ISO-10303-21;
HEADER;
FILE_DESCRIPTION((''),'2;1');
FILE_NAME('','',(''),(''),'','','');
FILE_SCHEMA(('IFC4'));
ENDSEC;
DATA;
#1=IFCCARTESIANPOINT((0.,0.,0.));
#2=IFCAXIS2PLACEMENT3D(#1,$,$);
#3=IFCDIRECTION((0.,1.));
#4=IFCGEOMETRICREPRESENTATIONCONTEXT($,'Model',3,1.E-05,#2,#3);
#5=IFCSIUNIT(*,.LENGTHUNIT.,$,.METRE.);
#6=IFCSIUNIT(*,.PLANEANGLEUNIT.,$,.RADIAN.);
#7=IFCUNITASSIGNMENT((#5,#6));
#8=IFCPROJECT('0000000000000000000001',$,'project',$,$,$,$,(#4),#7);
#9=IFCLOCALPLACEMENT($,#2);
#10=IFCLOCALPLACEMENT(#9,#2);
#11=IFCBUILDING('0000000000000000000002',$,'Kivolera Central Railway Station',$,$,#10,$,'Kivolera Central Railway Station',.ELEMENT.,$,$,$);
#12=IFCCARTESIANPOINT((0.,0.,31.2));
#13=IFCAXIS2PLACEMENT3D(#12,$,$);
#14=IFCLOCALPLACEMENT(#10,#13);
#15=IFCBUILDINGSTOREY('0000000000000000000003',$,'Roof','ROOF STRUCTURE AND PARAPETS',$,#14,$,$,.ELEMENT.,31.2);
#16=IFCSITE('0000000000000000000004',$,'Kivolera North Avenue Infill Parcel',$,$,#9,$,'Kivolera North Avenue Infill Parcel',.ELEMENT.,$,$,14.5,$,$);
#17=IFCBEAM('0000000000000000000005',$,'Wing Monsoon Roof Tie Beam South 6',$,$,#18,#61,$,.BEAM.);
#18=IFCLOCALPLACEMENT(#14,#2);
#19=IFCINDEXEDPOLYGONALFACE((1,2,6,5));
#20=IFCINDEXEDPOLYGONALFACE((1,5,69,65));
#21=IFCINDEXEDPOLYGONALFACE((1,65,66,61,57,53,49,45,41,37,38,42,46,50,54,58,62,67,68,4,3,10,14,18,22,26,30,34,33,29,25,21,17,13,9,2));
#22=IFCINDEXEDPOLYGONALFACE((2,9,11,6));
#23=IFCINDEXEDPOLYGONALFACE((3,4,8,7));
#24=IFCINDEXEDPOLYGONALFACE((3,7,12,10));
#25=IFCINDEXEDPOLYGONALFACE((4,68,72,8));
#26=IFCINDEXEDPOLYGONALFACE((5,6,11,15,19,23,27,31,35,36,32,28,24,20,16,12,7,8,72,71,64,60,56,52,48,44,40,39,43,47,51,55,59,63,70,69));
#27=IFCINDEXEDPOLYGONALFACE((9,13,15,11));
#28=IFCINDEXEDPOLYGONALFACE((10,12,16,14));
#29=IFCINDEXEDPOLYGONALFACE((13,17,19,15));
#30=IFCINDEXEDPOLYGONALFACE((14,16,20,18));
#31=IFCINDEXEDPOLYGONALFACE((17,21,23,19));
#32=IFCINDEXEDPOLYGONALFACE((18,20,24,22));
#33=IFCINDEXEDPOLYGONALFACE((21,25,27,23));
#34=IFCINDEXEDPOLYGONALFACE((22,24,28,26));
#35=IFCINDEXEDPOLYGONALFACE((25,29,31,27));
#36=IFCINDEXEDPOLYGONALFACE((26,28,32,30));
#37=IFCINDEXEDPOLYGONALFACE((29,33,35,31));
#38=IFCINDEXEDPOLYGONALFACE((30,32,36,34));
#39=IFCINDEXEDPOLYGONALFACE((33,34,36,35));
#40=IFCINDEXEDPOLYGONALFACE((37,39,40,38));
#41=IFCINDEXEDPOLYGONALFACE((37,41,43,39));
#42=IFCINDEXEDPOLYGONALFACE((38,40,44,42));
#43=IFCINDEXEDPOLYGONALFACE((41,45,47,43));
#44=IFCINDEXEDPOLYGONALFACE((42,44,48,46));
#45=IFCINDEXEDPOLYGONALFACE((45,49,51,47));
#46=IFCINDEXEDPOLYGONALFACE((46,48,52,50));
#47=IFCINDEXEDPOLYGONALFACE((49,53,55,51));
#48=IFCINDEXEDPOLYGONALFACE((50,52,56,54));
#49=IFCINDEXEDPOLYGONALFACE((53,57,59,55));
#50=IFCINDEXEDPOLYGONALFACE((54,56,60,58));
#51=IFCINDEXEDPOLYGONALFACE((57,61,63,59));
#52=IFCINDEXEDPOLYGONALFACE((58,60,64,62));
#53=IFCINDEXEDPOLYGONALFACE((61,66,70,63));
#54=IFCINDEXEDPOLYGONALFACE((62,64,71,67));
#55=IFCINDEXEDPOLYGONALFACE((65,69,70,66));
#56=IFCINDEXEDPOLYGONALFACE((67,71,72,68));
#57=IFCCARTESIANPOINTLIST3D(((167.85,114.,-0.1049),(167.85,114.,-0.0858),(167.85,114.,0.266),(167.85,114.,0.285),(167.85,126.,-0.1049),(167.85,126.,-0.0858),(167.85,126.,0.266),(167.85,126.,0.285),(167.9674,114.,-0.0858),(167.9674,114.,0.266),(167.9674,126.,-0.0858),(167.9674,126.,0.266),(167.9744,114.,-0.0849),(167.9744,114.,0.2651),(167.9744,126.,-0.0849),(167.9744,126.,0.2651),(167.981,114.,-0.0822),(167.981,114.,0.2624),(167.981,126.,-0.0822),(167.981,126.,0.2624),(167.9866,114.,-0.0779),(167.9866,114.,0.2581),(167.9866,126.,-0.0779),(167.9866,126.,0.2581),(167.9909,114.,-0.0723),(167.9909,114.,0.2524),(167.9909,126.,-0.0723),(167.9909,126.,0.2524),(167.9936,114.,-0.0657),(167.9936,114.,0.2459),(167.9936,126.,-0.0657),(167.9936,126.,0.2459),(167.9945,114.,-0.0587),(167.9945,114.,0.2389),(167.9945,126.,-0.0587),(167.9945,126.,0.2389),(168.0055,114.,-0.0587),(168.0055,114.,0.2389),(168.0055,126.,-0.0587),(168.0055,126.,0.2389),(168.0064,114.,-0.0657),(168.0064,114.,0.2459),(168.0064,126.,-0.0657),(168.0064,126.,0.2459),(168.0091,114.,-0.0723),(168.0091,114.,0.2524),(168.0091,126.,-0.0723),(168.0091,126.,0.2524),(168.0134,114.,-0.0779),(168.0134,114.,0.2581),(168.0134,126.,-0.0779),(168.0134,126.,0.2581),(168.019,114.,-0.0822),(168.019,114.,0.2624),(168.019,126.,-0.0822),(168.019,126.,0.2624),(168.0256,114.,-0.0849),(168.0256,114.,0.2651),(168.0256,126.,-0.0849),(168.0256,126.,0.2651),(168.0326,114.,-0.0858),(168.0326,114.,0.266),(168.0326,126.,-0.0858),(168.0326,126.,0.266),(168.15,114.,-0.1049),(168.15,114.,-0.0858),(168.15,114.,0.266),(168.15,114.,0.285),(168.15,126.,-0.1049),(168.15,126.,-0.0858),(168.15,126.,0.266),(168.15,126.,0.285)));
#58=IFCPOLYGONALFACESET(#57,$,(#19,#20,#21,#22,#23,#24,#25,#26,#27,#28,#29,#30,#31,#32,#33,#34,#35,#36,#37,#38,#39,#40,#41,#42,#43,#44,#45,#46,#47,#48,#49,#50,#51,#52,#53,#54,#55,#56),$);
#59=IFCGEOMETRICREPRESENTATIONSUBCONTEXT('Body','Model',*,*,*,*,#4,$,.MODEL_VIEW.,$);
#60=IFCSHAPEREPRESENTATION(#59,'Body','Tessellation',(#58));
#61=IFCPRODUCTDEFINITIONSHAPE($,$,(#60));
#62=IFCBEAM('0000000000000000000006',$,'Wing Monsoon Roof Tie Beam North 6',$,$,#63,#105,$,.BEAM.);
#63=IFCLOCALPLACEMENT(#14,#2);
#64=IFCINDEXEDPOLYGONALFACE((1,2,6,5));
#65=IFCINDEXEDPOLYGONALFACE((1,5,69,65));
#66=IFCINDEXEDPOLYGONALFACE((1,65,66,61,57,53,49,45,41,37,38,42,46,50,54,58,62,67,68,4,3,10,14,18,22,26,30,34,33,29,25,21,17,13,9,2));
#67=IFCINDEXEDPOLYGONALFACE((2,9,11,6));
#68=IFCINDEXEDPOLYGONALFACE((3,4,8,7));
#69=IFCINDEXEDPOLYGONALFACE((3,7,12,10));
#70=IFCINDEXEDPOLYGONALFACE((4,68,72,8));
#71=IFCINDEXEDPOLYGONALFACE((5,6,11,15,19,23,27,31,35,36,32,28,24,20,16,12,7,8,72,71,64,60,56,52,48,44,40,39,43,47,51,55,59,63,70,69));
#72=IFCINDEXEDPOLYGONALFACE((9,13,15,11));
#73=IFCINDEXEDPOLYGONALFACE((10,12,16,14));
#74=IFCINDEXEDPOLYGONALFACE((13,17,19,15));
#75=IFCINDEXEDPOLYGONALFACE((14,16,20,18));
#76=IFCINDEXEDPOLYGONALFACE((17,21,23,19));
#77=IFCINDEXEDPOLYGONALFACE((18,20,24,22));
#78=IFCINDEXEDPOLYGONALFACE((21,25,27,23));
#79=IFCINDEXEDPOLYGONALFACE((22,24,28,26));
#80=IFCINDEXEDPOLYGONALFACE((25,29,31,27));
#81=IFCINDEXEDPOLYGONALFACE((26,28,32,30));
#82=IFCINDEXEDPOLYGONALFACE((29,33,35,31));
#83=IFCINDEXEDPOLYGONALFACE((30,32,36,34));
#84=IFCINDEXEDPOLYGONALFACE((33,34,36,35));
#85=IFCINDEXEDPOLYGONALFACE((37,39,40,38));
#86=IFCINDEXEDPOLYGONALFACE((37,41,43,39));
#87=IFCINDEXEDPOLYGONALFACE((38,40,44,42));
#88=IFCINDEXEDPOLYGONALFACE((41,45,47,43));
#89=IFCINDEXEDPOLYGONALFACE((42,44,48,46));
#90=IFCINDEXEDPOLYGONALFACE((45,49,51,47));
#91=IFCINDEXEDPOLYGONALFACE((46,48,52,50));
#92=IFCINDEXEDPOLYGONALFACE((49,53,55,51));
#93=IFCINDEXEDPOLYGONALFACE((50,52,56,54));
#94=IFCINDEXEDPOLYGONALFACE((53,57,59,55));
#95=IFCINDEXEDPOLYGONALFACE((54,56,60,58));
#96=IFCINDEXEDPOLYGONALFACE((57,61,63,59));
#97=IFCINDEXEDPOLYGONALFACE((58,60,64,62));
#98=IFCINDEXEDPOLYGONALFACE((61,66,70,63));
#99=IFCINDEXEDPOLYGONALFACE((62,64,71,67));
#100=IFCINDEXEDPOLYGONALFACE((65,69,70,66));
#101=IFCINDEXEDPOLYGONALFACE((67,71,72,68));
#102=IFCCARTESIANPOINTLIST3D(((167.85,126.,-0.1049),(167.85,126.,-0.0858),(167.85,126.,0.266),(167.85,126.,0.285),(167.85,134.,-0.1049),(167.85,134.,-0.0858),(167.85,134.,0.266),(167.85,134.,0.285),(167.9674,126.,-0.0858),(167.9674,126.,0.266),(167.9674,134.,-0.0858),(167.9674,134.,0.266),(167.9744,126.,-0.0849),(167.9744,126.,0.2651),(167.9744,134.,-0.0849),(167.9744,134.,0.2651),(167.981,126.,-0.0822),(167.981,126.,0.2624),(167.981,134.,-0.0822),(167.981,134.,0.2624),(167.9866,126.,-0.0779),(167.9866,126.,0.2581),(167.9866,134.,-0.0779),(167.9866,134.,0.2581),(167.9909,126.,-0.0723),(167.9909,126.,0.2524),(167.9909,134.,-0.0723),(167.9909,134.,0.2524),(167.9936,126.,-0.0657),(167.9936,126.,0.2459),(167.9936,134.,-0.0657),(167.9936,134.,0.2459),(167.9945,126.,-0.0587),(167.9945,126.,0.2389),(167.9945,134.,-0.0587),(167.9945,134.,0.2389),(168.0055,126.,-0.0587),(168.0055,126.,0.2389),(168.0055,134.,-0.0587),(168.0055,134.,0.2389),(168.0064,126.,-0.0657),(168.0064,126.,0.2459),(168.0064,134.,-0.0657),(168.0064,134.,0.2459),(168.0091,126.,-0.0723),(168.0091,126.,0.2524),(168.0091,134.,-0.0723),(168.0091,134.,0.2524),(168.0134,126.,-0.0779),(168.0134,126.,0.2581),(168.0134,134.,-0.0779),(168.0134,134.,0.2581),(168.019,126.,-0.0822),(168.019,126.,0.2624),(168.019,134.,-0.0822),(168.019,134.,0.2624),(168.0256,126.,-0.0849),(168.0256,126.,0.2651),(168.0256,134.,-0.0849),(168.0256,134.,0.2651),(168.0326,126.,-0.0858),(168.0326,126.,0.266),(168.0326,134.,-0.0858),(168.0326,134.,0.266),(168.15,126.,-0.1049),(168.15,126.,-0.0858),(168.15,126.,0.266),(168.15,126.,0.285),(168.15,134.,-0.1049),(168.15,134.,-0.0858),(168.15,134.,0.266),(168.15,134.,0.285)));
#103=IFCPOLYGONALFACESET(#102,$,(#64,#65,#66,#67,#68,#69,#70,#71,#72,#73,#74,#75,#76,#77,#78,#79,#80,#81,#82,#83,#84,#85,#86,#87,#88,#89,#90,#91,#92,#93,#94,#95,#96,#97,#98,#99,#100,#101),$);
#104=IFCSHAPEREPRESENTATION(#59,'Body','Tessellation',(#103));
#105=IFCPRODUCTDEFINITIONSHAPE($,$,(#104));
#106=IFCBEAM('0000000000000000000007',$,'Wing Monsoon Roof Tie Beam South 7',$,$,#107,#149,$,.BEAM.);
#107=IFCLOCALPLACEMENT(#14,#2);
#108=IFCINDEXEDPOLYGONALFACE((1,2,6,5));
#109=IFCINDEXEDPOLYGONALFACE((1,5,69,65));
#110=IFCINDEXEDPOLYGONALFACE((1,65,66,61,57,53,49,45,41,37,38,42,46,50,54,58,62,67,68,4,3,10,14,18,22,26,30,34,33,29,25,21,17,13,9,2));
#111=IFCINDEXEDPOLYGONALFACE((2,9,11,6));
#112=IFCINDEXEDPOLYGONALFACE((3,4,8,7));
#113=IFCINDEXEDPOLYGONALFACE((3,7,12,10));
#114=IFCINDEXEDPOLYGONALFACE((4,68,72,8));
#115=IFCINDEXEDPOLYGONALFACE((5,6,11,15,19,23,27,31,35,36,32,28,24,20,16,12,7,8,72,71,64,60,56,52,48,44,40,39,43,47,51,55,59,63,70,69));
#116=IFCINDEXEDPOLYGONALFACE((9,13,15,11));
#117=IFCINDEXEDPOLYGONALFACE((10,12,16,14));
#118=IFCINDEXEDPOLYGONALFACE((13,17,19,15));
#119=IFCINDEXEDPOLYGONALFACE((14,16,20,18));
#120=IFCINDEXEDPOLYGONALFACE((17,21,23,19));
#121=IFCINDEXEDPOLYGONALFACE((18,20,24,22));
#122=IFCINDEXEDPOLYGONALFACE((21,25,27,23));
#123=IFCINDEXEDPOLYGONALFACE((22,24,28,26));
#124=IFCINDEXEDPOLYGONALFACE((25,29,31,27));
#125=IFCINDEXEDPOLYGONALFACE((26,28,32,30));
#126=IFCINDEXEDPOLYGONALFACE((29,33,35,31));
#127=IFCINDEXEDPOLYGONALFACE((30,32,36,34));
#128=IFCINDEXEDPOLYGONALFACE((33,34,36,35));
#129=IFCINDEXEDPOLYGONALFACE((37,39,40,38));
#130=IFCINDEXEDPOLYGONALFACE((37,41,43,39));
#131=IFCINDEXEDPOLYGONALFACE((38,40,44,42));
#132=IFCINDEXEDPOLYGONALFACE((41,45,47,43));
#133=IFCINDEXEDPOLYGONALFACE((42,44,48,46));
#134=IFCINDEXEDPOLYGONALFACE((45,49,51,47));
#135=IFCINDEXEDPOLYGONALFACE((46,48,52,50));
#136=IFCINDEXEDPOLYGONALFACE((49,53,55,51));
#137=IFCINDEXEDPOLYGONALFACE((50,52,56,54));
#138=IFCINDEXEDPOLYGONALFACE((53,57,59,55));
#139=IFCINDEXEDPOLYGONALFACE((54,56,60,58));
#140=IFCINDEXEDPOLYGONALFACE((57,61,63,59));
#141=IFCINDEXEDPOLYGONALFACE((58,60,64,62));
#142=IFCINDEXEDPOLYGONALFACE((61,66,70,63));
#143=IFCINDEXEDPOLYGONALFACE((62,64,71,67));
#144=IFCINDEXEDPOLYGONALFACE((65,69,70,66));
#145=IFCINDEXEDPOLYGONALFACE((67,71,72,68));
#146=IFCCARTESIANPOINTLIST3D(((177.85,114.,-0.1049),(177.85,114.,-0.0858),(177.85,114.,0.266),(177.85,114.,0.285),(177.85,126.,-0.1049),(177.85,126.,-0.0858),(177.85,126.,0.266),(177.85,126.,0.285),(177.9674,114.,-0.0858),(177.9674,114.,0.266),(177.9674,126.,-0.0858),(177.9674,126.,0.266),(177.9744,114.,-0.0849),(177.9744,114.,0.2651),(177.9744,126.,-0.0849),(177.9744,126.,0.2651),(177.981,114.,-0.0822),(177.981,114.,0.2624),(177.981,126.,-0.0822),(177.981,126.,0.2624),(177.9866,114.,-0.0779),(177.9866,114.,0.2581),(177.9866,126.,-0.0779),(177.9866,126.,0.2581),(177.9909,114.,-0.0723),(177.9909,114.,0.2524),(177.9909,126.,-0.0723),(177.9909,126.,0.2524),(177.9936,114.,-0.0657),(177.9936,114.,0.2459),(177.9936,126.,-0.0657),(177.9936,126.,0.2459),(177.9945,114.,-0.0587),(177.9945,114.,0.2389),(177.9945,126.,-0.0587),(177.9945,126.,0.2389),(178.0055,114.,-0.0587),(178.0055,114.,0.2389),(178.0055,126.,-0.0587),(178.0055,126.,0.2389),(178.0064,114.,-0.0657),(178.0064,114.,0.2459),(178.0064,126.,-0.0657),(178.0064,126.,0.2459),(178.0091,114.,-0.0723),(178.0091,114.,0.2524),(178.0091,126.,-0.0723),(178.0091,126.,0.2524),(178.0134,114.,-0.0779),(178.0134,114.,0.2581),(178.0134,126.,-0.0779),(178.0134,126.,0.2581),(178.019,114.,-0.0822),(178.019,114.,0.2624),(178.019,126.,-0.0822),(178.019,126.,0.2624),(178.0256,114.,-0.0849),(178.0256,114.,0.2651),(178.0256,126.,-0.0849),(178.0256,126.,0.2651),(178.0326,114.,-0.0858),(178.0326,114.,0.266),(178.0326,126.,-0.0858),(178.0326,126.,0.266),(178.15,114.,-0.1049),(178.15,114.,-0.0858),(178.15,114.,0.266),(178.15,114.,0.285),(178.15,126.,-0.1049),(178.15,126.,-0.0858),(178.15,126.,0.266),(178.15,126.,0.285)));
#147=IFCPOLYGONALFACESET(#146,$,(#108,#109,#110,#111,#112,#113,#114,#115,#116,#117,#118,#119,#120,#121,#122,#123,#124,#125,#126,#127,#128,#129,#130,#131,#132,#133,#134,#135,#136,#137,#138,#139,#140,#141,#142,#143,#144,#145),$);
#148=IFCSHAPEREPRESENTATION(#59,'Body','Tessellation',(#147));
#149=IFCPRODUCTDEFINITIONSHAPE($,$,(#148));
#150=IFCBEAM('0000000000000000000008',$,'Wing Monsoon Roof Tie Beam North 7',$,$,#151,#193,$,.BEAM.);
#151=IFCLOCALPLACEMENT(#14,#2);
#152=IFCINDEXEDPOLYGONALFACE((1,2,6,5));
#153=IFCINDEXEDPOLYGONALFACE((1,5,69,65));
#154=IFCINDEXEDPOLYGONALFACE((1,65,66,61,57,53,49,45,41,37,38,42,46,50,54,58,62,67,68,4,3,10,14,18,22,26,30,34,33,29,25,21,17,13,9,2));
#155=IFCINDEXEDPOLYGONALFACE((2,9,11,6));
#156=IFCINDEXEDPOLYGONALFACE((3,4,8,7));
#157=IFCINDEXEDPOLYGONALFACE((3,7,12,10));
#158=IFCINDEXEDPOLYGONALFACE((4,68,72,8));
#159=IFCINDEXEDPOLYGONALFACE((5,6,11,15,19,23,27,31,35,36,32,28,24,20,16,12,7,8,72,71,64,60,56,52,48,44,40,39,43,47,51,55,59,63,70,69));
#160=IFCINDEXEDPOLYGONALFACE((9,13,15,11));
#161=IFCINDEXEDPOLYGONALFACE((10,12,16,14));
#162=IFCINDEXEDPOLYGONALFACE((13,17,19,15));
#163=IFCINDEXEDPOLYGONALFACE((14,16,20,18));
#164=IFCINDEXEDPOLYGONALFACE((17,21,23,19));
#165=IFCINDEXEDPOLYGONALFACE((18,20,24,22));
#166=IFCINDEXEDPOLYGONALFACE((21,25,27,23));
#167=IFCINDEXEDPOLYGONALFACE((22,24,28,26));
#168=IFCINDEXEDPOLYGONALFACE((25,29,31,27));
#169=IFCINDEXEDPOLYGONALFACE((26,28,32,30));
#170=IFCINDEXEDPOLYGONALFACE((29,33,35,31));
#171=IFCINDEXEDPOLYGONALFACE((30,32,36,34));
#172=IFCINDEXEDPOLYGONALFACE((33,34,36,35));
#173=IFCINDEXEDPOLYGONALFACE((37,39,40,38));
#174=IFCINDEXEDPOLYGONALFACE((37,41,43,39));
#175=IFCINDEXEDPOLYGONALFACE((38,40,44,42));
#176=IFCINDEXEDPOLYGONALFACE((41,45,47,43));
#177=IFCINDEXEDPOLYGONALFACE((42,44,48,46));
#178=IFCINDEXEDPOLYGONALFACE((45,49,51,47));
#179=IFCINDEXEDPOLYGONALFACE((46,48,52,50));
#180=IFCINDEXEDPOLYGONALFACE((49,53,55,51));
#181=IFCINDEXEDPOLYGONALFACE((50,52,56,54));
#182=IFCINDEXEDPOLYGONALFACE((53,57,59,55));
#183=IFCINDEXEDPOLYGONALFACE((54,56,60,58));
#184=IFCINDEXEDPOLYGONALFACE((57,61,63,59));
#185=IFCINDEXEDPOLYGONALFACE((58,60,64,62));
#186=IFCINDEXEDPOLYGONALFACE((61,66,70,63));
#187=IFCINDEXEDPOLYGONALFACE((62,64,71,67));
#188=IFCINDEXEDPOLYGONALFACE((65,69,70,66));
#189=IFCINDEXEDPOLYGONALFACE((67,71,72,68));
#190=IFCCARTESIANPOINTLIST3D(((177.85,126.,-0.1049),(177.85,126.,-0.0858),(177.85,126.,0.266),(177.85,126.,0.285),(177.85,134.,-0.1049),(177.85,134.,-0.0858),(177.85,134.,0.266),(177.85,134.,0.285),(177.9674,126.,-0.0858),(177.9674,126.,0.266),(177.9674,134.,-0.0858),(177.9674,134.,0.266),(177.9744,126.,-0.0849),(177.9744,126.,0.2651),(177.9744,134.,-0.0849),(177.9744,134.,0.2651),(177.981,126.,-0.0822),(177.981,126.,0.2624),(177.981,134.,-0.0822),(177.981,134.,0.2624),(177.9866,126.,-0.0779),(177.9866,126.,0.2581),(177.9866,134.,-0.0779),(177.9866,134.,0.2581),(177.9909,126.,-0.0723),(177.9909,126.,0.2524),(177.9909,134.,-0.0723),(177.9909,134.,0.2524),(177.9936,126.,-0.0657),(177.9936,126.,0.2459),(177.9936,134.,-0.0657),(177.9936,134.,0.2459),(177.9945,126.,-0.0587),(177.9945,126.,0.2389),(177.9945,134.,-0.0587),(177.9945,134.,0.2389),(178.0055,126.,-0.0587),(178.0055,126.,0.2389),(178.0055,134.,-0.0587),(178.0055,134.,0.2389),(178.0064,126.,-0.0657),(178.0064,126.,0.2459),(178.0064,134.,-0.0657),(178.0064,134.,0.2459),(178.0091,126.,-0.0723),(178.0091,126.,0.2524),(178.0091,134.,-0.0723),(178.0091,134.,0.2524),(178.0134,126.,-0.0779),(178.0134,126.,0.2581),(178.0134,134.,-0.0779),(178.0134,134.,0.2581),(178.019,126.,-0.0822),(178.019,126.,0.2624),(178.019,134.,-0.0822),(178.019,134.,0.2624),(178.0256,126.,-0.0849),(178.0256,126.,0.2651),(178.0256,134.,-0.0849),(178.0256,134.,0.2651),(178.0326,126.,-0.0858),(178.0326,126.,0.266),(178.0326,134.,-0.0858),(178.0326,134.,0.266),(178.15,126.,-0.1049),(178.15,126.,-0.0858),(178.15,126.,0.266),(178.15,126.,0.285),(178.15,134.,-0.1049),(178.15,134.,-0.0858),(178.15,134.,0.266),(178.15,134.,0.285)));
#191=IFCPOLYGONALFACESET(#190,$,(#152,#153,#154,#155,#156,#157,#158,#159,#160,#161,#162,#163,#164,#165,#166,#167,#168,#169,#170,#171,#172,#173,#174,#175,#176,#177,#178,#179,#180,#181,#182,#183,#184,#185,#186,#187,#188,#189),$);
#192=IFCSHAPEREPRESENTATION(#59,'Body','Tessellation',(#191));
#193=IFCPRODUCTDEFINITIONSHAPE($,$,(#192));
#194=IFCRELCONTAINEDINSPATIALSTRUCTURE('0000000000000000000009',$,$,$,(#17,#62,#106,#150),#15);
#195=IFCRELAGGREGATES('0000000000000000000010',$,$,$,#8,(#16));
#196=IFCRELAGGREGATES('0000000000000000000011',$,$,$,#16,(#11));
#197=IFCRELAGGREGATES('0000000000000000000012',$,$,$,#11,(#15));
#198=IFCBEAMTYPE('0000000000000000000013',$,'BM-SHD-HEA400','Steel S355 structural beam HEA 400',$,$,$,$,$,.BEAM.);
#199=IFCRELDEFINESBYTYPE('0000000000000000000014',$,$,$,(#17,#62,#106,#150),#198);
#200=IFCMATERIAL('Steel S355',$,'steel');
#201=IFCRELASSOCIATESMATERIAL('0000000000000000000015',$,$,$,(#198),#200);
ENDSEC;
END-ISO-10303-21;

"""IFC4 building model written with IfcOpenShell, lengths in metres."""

from ifc_helpers import new_model, si_unit, direction, frame, origin, origin_2d, place, context, subcontext, project, spatial, i_section, extrude, material, material_profile, profile_set, type_object, element, save


model = new_model("IFC4")

# Units and contexts
model_context = context("Model", 3, precision=1e-05, world=origin(), true_north=direction((0.0, 1.0)))
body_context = subcontext(model_context, "Body", "Model", "MODEL_VIEW")
ifc_project = project(units=[si_unit("LENGTHUNIT", "METRE"), si_unit("PLANEANGLEUNIT", "RADIAN")], contexts=[model_context])

# Site, building, storey
site_placement = place(None, origin())
site = spatial("IfcSite", under=ifc_project, at=site_placement, Name="Kivolera North Avenue Infill Parcel", LongName="Kivolera North Avenue Infill Parcel", CompositionType="ELEMENT", RefElevation=14.5)
building_placement = place(site_placement, origin())
building = spatial("IfcBuilding", under=site, at=building_placement, Name="Kivolera Central Railway Station", LongName="Kivolera Central Railway Station", CompositionType="ELEMENT")
storey_placement = place(building_placement, frame((0.0, 0.0, 31.2)))
storey = spatial("IfcBuildingStorey", under=building, at=storey_placement, Name="Roof", Description="ROOF STRUCTURE AND PARAPETS", CompositionType="ELEMENT", Elevation=31.2)

# Beams
ifc_material_1 = material(Name="Steel S355", Category="steel")
ifc_material_profile_1 = material_profile(ifc_material_1, i_section(OverallWidth=0.3, OverallDepth=0.3899, WebThickness=0.011, FlangeThickness=0.019, FilletRadius=0.0271, at=origin_2d()), Name="HEA 400")
ifc_profile_set_1 = profile_set([ifc_material_profile_1], Name="Steel S355")
beam_type_1 = type_object("IfcBeamType", Name="BM-SHD-HEA400", Description="Steel S355 structural beam HEA 400", PredefinedType="BEAM", material=ifc_profile_set_1)
beam_1_placement = place(storey_placement, frame((168.0, 114.0, 0.0901), z_axis=(0.0, 1.0, 0.0), x_axis=(-1.0, 0.0, 0.0)))
element("IfcBeam", 1, at=beam_1_placement, inside=storey, type_object=beam_type_1, Name="Wing Monsoon Roof Tie Beam South 6", PredefinedType="BEAM", context=body_context, shape_type="SweptSolid", body=[
    extrude(i_section(OverallWidth=0.3, OverallDepth=0.3899, WebThickness=0.011, FlangeThickness=0.019, FilletRadius=0.0271, at=origin_2d()), origin(), (0.0, 0.0, 1.0), 12.0),
])
beam_2_placement = place(storey_placement, frame((168.0, 126.0, 0.0901), z_axis=(0.0, 1.0, 0.0), x_axis=(-1.0, 0.0, 0.0)))
element("IfcBeam", 2, at=beam_2_placement, inside=storey, type_object=beam_type_1, Name="Wing Monsoon Roof Tie Beam North 6", PredefinedType="BEAM", context=body_context, shape_type="SweptSolid", body=[
    extrude(i_section(OverallWidth=0.3, OverallDepth=0.3899, WebThickness=0.011, FlangeThickness=0.019, FilletRadius=0.0271, at=origin_2d()), origin(), (0.0, 0.0, 1.0), 8.0),
])
beam_3_placement = place(storey_placement, frame((178.0, 114.0, 0.0901), z_axis=(0.0, 1.0, 0.0), x_axis=(-1.0, 0.0, 0.0)))
element("IfcBeam", 3, at=beam_3_placement, inside=storey, type_object=beam_type_1, Name="Wing Monsoon Roof Tie Beam South 7", PredefinedType="BEAM", context=body_context, shape_type="SweptSolid", body=[
    extrude(i_section(OverallWidth=0.3, OverallDepth=0.3899, WebThickness=0.011, FlangeThickness=0.019, FilletRadius=0.0271, at=origin_2d()), origin(), (0.0, 0.0, 1.0), 12.0),
])
beam_4_placement = place(storey_placement, frame((178.0, 126.0, 0.0901), z_axis=(0.0, 1.0, 0.0), x_axis=(-1.0, 0.0, 0.0)))
element("IfcBeam", 4, at=beam_4_placement, inside=storey, type_object=beam_type_1, Name="Wing Monsoon Roof Tie Beam North 7", PredefinedType="BEAM", context=body_context, shape_type="SweptSolid", body=[
    extrude(i_section(OverallWidth=0.3, OverallDepth=0.3899, WebThickness=0.011, FlangeThickness=0.019, FilletRadius=0.0271, at=origin_2d()), origin(), (0.0, 0.0, 1.0), 8.0),
])

save(model, "model.ifc")
